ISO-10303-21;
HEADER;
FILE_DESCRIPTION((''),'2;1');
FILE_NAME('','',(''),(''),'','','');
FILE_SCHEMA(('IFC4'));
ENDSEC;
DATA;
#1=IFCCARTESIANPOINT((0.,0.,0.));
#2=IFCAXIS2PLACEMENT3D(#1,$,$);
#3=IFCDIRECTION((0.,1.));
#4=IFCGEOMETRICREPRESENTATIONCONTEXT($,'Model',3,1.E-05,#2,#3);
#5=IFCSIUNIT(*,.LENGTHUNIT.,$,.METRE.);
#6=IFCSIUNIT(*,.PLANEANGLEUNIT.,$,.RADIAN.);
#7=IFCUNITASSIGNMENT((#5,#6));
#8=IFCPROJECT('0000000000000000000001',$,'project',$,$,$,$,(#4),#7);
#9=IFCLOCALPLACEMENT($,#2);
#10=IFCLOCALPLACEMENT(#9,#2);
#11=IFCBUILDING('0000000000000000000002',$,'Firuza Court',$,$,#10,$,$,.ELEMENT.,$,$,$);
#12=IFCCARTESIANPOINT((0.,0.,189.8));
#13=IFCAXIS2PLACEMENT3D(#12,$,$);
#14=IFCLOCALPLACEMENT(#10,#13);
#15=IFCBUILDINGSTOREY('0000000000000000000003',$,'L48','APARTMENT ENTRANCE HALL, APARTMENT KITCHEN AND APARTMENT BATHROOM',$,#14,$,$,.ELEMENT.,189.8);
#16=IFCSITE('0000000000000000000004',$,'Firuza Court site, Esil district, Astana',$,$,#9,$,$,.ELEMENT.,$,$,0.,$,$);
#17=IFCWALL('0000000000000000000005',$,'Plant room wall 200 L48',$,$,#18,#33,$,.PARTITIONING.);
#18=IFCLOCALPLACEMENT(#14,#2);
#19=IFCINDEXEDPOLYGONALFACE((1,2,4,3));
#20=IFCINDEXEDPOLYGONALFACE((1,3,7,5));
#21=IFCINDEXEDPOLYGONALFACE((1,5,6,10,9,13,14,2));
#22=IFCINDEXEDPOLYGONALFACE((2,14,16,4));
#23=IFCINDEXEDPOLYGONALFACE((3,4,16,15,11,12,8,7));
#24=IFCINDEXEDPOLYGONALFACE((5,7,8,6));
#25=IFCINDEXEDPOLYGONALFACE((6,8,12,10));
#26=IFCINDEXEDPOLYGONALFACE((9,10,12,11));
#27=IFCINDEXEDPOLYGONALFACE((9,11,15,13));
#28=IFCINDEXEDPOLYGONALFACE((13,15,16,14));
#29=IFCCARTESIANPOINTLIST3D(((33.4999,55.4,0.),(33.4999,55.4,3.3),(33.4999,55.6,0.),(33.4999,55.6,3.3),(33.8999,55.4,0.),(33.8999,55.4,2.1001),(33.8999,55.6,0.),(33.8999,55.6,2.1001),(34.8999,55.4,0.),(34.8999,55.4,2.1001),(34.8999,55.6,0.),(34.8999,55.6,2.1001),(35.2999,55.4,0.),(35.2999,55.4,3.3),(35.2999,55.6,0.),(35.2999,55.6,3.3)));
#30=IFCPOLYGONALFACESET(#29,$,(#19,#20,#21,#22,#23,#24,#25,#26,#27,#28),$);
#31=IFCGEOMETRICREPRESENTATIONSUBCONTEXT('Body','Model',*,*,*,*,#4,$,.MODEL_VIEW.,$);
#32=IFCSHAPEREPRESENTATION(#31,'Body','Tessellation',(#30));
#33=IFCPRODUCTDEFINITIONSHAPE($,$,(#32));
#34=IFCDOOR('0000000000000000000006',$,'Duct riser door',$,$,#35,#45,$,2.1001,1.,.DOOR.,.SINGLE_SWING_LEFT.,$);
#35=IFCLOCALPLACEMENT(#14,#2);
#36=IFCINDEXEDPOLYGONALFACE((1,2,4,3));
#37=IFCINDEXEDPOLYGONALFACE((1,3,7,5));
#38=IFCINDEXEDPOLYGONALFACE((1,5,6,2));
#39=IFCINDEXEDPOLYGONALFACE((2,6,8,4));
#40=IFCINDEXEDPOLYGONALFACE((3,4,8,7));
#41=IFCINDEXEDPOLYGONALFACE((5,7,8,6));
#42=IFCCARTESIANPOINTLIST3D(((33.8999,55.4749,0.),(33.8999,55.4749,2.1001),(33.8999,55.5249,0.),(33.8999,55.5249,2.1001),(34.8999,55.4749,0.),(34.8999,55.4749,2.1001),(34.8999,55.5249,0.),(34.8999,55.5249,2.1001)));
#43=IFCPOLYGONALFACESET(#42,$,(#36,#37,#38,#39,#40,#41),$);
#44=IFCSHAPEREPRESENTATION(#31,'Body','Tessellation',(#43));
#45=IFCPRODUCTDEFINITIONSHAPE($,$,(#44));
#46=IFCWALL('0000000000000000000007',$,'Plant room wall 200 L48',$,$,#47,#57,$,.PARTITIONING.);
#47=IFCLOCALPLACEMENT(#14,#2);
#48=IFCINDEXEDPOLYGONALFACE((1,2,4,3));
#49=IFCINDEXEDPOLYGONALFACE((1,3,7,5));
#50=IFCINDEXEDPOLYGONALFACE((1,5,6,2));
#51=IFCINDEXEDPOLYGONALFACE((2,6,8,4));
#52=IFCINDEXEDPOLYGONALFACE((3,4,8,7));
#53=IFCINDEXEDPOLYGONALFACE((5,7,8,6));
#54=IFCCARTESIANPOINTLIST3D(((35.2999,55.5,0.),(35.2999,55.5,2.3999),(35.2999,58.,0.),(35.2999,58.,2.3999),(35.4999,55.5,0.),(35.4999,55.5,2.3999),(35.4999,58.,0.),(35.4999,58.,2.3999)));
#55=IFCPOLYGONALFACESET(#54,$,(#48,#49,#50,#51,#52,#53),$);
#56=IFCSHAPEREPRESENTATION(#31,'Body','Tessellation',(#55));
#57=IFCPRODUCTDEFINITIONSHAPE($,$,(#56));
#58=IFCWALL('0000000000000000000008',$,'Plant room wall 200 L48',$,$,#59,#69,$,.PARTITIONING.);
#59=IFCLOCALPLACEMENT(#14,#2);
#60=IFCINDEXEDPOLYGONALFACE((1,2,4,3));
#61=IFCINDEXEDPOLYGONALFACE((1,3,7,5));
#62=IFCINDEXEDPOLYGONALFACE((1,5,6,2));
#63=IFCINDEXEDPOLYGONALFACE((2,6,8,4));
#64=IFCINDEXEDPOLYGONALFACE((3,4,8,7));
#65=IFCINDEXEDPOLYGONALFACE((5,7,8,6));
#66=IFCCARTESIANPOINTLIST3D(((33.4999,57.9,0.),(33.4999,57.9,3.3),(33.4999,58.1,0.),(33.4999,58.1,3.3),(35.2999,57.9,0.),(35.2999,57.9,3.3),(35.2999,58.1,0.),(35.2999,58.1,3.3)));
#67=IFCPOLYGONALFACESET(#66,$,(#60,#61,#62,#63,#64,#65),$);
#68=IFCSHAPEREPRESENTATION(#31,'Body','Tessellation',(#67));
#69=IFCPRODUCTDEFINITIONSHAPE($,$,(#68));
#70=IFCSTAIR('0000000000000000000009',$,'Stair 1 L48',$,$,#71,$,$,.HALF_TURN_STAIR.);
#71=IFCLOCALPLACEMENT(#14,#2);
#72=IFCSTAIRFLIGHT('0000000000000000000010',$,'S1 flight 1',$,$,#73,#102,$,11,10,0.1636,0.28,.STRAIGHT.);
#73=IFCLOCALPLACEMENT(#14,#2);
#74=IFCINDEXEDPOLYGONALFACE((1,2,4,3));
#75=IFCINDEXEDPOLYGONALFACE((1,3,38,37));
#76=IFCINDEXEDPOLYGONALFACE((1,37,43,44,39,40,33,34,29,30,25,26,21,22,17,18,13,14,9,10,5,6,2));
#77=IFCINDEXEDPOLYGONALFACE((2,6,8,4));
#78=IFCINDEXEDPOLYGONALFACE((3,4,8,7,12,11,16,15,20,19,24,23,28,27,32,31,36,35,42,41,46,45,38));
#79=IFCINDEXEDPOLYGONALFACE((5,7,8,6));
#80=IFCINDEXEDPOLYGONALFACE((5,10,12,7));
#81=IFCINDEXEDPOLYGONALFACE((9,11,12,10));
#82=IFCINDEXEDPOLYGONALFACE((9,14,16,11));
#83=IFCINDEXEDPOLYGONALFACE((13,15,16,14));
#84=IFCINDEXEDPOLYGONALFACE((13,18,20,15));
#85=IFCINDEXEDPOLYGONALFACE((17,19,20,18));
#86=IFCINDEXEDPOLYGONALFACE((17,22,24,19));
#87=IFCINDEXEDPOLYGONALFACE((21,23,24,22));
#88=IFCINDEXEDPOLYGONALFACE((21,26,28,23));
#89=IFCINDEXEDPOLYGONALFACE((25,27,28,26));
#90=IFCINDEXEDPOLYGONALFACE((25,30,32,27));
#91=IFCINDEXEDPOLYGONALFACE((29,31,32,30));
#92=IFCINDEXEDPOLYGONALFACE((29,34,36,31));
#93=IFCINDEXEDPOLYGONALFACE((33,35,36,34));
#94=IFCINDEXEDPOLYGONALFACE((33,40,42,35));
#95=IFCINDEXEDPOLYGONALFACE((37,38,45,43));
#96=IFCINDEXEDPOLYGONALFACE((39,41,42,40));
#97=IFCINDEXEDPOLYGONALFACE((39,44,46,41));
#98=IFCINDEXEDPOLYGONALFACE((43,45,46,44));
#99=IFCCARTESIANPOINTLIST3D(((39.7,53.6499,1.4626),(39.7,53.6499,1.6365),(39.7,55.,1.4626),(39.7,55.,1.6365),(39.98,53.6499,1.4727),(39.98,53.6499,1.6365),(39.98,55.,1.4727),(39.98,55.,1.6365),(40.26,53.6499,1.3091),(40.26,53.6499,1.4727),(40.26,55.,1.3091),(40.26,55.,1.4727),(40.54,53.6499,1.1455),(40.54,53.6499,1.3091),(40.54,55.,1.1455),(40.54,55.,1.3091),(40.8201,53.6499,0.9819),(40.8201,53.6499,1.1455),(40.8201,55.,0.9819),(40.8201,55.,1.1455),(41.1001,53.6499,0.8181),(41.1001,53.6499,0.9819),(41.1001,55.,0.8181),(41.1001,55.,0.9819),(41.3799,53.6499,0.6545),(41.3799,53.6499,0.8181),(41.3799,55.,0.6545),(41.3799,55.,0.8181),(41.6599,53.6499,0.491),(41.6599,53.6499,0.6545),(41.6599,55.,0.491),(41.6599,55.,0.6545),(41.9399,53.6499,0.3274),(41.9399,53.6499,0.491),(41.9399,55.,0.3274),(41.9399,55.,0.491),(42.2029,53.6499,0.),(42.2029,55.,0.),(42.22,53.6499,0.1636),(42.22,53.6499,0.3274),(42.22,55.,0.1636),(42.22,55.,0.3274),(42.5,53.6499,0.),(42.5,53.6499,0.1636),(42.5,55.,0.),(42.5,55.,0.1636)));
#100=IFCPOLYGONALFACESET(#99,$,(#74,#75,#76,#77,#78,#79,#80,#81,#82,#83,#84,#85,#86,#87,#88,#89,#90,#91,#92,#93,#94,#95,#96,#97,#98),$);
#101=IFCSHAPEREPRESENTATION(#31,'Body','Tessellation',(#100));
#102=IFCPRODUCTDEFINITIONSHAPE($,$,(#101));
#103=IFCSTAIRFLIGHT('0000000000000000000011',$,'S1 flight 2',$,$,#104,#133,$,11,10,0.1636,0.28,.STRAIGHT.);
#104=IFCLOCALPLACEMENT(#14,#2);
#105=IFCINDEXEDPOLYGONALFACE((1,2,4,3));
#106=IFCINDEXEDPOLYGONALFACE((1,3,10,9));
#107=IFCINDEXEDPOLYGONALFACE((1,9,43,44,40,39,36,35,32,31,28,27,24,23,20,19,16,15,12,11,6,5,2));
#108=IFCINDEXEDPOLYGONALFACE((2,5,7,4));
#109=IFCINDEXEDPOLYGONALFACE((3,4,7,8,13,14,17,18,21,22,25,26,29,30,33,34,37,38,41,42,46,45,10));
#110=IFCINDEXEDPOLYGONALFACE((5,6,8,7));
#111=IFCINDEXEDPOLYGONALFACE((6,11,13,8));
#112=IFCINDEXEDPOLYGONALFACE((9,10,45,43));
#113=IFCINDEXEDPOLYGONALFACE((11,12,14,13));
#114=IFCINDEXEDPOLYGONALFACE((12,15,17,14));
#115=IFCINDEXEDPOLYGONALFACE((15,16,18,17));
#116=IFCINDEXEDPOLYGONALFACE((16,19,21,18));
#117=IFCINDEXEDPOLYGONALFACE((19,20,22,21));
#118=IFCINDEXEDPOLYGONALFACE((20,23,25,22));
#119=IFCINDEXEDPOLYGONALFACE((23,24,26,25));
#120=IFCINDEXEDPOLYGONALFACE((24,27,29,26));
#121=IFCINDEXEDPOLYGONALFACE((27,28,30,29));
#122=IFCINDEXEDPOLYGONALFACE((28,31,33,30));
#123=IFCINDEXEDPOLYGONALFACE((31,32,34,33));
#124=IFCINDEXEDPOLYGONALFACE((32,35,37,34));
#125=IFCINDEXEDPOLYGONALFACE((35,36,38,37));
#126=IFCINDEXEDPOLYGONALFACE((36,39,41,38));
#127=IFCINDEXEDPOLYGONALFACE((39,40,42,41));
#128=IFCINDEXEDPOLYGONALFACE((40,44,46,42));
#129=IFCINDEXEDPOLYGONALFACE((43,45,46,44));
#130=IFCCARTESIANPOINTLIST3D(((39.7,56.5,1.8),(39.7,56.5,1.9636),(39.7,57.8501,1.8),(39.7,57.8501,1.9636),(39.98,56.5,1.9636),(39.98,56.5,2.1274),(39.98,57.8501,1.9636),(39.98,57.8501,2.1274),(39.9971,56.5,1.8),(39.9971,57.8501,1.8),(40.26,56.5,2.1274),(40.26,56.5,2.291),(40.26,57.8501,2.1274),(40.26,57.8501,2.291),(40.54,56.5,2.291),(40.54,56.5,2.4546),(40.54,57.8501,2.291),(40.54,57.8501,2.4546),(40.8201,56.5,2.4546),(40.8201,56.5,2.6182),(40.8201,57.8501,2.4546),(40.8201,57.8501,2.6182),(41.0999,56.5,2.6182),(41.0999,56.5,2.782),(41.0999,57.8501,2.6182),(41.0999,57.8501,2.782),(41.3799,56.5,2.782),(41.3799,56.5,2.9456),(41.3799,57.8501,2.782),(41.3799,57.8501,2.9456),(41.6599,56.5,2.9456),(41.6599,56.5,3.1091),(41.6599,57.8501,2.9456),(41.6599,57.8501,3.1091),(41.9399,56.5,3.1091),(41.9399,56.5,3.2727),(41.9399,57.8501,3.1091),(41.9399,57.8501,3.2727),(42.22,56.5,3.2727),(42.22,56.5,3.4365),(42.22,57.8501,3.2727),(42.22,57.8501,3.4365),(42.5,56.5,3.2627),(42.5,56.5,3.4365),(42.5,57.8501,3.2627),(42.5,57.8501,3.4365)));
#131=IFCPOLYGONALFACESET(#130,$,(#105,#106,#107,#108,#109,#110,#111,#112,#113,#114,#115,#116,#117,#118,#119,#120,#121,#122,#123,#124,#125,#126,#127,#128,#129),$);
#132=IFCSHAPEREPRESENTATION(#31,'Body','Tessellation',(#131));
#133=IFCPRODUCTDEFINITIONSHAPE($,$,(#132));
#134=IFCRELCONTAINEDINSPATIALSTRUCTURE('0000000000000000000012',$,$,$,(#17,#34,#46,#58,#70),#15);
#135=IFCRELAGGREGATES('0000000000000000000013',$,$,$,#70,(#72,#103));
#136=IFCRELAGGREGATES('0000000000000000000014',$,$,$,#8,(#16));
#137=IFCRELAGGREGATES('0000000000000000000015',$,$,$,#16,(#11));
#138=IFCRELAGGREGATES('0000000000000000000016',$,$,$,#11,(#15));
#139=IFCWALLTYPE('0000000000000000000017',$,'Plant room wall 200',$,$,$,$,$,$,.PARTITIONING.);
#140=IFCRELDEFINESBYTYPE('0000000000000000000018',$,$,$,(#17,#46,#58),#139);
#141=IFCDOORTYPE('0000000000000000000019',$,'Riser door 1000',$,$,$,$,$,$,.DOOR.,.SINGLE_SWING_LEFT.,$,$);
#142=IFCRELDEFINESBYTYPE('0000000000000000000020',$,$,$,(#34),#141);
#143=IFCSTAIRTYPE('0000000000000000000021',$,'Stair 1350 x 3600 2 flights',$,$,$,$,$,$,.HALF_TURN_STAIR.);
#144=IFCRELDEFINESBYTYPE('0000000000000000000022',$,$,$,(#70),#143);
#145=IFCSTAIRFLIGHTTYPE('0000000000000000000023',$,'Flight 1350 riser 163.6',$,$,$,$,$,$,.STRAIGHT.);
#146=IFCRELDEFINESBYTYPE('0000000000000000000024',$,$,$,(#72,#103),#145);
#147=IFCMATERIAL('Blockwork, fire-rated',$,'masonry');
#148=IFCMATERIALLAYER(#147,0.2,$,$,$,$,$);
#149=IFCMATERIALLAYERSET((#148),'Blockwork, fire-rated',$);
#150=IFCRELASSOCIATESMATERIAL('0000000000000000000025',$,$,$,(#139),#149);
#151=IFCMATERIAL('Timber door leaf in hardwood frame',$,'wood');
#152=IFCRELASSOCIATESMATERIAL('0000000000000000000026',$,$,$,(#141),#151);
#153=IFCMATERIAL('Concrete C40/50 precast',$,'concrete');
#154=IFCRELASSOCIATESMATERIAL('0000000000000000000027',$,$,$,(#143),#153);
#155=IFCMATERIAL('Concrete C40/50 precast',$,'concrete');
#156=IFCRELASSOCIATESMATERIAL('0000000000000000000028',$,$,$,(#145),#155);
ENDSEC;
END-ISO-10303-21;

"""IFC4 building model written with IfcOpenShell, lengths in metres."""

from ifc_helpers import new_model, si_unit, direction, frame, frame_2d, origin, place, context, subcontext, project, spatial, polyline, rectangle, outline, extrude, material, layer, layer_set, type_object, element, fill, aggregate, save


model = new_model("IFC4")

# Units and contexts
model_context = context("Model", 3, precision=1e-05, world=origin(), true_north=direction((0.0, 1.0)))
body_context = subcontext(model_context, "Body", "Model", "MODEL_VIEW")
ifc_project = project(units=[si_unit("LENGTHUNIT", "METRE"), si_unit("PLANEANGLEUNIT", "RADIAN")], contexts=[model_context])

# Site, building, storey
site_placement = place(None, origin())
site = spatial("IfcSite", under=ifc_project, at=site_placement, Name="Firuza Court site, Esil district, Astana", CompositionType="ELEMENT", RefElevation=0.0)
building_placement = place(site_placement, origin())
building = spatial("IfcBuilding", under=site, at=building_placement, Name="Firuza Court", CompositionType="ELEMENT")
storey_placement = place(building_placement, frame((0.0, 0.0, 189.8)))
storey = spatial("IfcBuildingStorey", under=building, at=storey_placement, Name="L48", Description="APARTMENT ENTRANCE HALL, APARTMENT KITCHEN AND APARTMENT BATHROOM", CompositionType="ELEMENT", Elevation=189.8)

# Shared definitions
ifc_material_1 = material(Name="Blockwork, fire-rated", Category="masonry")
ifc_layer_1 = layer(ifc_material_1, 0.2)
ifc_layer_set_1 = layer_set([ifc_layer_1], Name="Blockwork, fire-rated")
wall_type_1 = type_object("IfcWallType", Name="Plant room wall 200", PredefinedType="PARTITIONING", material=ifc_layer_set_1)

# Wall, opening, door
wall_1_placement = place(storey_placement, frame((33.5, 55.5, 0.0), z_axis=(0.0, 0.0, 1.0), x_axis=(1.0, 0.0, 0.0)))
wall_1 = element("IfcWall", 1, at=wall_1_placement, inside=storey, type_object=wall_type_1, Name="Plant room wall 200 L48", PredefinedType="PARTITIONING", context=body_context, shape_type="SweptSolid", body=[
    extrude(rectangle(XDim=1.8, YDim=0.2, at=frame_2d((0.8999, 0.0))), origin(), (0.0, 0.0, 1.0), 3.3),
])
opening_placement = place(wall_1_placement, frame((0.3999, 0.0, 0.0)))
opening = element("IfcOpeningElement", 2, at=opening_placement, cuts=wall_1, PredefinedType="OPENING", context=body_context, shape_type="SweptSolid", body=[
    extrude(rectangle(XDim=1.0, YDim=2.1001, at=frame_2d((0.5, 1.05))), frame((0.0, 0.1118, 0.0), z_axis=(0.0, -1.0, 0.0), x_axis=(1.0, 0.0, 0.0)), (0.0, 0.0, 1.0), 0.2239),
])
ifc_material_2 = material(Name="Timber door leaf in hardwood frame", Category="wood")
door_type = type_object("IfcDoorType", Name="Riser door 1000", OperationType="SINGLE_SWING_LEFT", PredefinedType="DOOR", material=ifc_material_2)
door_placement = place(opening_placement, origin())
door = element("IfcDoor", 3, at=door_placement, inside=storey, type_object=door_type, Name="Duct riser door", OperationType="SINGLE_SWING_LEFT", OverallHeight=2.1001, OverallWidth=1.0, PredefinedType="DOOR", context=body_context, shape_type="SweptSolid", body=[
    extrude(rectangle(XDim=1.0, YDim=2.1001, at=frame_2d((0.5, 1.05))), frame((0.0, 0.0249, 0.0), z_axis=(0.0, -1.0, 0.0), x_axis=(1.0, 0.0, 0.0)), (0.0, 0.0, 1.0), 0.05),
])
fill(opening, door)

# Walls
wall_2_placement = place(storey_placement, frame((35.3999, 55.5, 0.0), z_axis=(0.0, 0.0, 1.0), x_axis=(0.0, 1.0, 0.0)))
element("IfcWall", 4, at=wall_2_placement, inside=storey, type_object=wall_type_1, Name="Plant room wall 200 L48", PredefinedType="PARTITIONING", context=body_context, shape_type="SweptSolid", body=[
    extrude(rectangle(XDim=2.5, YDim=0.2, at=frame_2d((1.25, 0.0))), origin(), (0.0, 0.0, 1.0), 2.3999),
])
wall_3_placement = place(storey_placement, frame((33.5, 58.0, 0.0), z_axis=(0.0, 0.0, 1.0), x_axis=(1.0, 0.0, 0.0)))
element("IfcWall", 5, at=wall_3_placement, inside=storey, type_object=wall_type_1, Name="Plant room wall 200 L48", PredefinedType="PARTITIONING", context=body_context, shape_type="SweptSolid", body=[
    extrude(rectangle(XDim=1.8, YDim=0.2, at=frame_2d((0.8999, 0.0))), origin(), (0.0, 0.0, 1.0), 3.3),
])

# Stair, stair flights
ifc_material_3 = material(Name="Concrete C40/50 precast", Category="concrete")
stair_type = type_object("IfcStairType", Name="Stair 1350 x 3600 2 flights", PredefinedType="HALF_TURN_STAIR", material=ifc_material_3)
stair_placement = place(storey_placement, origin())
stair = element("IfcStair", 6, at=stair_placement, inside=storey, type_object=stair_type, Name="Stair 1 L48", PredefinedType="HALF_TURN_STAIR")
ifc_material_4 = material(Name="Concrete C40/50 precast", Category="concrete")
stair_flight_type = type_object("IfcStairFlightType", Name="Flight 1350 riser 163.6", PredefinedType="STRAIGHT", material=ifc_material_4)
stair_flight_1_placement = place(storey_placement, frame((42.5, 54.325, 0.0), z_axis=(0.0, 0.0, 1.0), x_axis=(-1.0, 0.0, 0.0)))
stair_flight_1 = element("IfcStairFlight", 7, at=stair_flight_1_placement, type_object=stair_flight_type, Name="S1 flight 1", NumberOfRisers=11, NumberOfTreads=10, PredefinedType="STRAIGHT", RiserHeight=0.1636, TreadLength=0.28, context=body_context, shape_type="SweptSolid", body=[
    extrude(outline(polyline([(0.0, 0.0), (0.0, 0.1636), (0.28, 0.1636), (0.28, 0.3274), (0.5601, 0.3274), (0.5601, 0.491), (0.8401, 0.491), (0.8401, 0.6545), (1.1201, 0.6545), (1.1201, 0.8181), (1.3999, 0.8181), (1.3999, 0.9819), (1.6799, 0.9819), (1.6799, 1.1455), (1.96, 1.1455), (1.96, 1.3091), (2.24, 1.3091), (2.24, 1.4727), (2.52, 1.4727), (2.52, 1.6365), (2.8, 1.6365), (2.8, 1.8), (2.8, 1.4626), (0.2971, 0.0), (0.0, 0.0)])), frame((0.0, 0.675, 0.0), z_axis=(0.0, -1.0, 0.0), x_axis=(1.0, 0.0, 0.0)), (0.0, 0.0, 1.0), 1.3501),
])
stair_flight_2_placement = place(storey_placement, frame((39.7, 57.175, 1.8), z_axis=(0.0, 0.0, 1.0), x_axis=(1.0, 0.0, 0.0)))
stair_flight_2 = element("IfcStairFlight", 8, at=stair_flight_2_placement, type_object=stair_flight_type, Name="S1 flight 2", NumberOfRisers=11, NumberOfTreads=10, PredefinedType="STRAIGHT", RiserHeight=0.1636, TreadLength=0.28, context=body_context, shape_type="SweptSolid", body=[
    extrude(outline(polyline([(0.0, 0.0), (0.0, 0.1636), (0.28, 0.1636), (0.28, 0.3274), (0.5601, 0.3274), (0.5601, 0.491), (0.8401, 0.491), (0.8401, 0.6545), (1.1201, 0.6545), (1.1201, 0.8181), (1.3999, 0.8181), (1.3999, 0.9819), (1.6799, 0.9819), (1.6799, 1.1455), (1.96, 1.1455), (1.96, 1.3091), (2.24, 1.3091), (2.24, 1.4727), (2.52, 1.4727), (2.52, 1.6365), (2.8, 1.6365), (2.8, 1.8), (2.8, 1.4626), (0.2971, 0.0), (0.0, 0.0)])), frame((0.0, 0.675, 0.0), z_axis=(0.0, -1.0, 0.0), x_axis=(1.0, 0.0, 0.0)), (0.0, 0.0, 1.0), 1.3501),
])
aggregate(stair, [stair_flight_1, stair_flight_2])

save(model, "model.ifc")
